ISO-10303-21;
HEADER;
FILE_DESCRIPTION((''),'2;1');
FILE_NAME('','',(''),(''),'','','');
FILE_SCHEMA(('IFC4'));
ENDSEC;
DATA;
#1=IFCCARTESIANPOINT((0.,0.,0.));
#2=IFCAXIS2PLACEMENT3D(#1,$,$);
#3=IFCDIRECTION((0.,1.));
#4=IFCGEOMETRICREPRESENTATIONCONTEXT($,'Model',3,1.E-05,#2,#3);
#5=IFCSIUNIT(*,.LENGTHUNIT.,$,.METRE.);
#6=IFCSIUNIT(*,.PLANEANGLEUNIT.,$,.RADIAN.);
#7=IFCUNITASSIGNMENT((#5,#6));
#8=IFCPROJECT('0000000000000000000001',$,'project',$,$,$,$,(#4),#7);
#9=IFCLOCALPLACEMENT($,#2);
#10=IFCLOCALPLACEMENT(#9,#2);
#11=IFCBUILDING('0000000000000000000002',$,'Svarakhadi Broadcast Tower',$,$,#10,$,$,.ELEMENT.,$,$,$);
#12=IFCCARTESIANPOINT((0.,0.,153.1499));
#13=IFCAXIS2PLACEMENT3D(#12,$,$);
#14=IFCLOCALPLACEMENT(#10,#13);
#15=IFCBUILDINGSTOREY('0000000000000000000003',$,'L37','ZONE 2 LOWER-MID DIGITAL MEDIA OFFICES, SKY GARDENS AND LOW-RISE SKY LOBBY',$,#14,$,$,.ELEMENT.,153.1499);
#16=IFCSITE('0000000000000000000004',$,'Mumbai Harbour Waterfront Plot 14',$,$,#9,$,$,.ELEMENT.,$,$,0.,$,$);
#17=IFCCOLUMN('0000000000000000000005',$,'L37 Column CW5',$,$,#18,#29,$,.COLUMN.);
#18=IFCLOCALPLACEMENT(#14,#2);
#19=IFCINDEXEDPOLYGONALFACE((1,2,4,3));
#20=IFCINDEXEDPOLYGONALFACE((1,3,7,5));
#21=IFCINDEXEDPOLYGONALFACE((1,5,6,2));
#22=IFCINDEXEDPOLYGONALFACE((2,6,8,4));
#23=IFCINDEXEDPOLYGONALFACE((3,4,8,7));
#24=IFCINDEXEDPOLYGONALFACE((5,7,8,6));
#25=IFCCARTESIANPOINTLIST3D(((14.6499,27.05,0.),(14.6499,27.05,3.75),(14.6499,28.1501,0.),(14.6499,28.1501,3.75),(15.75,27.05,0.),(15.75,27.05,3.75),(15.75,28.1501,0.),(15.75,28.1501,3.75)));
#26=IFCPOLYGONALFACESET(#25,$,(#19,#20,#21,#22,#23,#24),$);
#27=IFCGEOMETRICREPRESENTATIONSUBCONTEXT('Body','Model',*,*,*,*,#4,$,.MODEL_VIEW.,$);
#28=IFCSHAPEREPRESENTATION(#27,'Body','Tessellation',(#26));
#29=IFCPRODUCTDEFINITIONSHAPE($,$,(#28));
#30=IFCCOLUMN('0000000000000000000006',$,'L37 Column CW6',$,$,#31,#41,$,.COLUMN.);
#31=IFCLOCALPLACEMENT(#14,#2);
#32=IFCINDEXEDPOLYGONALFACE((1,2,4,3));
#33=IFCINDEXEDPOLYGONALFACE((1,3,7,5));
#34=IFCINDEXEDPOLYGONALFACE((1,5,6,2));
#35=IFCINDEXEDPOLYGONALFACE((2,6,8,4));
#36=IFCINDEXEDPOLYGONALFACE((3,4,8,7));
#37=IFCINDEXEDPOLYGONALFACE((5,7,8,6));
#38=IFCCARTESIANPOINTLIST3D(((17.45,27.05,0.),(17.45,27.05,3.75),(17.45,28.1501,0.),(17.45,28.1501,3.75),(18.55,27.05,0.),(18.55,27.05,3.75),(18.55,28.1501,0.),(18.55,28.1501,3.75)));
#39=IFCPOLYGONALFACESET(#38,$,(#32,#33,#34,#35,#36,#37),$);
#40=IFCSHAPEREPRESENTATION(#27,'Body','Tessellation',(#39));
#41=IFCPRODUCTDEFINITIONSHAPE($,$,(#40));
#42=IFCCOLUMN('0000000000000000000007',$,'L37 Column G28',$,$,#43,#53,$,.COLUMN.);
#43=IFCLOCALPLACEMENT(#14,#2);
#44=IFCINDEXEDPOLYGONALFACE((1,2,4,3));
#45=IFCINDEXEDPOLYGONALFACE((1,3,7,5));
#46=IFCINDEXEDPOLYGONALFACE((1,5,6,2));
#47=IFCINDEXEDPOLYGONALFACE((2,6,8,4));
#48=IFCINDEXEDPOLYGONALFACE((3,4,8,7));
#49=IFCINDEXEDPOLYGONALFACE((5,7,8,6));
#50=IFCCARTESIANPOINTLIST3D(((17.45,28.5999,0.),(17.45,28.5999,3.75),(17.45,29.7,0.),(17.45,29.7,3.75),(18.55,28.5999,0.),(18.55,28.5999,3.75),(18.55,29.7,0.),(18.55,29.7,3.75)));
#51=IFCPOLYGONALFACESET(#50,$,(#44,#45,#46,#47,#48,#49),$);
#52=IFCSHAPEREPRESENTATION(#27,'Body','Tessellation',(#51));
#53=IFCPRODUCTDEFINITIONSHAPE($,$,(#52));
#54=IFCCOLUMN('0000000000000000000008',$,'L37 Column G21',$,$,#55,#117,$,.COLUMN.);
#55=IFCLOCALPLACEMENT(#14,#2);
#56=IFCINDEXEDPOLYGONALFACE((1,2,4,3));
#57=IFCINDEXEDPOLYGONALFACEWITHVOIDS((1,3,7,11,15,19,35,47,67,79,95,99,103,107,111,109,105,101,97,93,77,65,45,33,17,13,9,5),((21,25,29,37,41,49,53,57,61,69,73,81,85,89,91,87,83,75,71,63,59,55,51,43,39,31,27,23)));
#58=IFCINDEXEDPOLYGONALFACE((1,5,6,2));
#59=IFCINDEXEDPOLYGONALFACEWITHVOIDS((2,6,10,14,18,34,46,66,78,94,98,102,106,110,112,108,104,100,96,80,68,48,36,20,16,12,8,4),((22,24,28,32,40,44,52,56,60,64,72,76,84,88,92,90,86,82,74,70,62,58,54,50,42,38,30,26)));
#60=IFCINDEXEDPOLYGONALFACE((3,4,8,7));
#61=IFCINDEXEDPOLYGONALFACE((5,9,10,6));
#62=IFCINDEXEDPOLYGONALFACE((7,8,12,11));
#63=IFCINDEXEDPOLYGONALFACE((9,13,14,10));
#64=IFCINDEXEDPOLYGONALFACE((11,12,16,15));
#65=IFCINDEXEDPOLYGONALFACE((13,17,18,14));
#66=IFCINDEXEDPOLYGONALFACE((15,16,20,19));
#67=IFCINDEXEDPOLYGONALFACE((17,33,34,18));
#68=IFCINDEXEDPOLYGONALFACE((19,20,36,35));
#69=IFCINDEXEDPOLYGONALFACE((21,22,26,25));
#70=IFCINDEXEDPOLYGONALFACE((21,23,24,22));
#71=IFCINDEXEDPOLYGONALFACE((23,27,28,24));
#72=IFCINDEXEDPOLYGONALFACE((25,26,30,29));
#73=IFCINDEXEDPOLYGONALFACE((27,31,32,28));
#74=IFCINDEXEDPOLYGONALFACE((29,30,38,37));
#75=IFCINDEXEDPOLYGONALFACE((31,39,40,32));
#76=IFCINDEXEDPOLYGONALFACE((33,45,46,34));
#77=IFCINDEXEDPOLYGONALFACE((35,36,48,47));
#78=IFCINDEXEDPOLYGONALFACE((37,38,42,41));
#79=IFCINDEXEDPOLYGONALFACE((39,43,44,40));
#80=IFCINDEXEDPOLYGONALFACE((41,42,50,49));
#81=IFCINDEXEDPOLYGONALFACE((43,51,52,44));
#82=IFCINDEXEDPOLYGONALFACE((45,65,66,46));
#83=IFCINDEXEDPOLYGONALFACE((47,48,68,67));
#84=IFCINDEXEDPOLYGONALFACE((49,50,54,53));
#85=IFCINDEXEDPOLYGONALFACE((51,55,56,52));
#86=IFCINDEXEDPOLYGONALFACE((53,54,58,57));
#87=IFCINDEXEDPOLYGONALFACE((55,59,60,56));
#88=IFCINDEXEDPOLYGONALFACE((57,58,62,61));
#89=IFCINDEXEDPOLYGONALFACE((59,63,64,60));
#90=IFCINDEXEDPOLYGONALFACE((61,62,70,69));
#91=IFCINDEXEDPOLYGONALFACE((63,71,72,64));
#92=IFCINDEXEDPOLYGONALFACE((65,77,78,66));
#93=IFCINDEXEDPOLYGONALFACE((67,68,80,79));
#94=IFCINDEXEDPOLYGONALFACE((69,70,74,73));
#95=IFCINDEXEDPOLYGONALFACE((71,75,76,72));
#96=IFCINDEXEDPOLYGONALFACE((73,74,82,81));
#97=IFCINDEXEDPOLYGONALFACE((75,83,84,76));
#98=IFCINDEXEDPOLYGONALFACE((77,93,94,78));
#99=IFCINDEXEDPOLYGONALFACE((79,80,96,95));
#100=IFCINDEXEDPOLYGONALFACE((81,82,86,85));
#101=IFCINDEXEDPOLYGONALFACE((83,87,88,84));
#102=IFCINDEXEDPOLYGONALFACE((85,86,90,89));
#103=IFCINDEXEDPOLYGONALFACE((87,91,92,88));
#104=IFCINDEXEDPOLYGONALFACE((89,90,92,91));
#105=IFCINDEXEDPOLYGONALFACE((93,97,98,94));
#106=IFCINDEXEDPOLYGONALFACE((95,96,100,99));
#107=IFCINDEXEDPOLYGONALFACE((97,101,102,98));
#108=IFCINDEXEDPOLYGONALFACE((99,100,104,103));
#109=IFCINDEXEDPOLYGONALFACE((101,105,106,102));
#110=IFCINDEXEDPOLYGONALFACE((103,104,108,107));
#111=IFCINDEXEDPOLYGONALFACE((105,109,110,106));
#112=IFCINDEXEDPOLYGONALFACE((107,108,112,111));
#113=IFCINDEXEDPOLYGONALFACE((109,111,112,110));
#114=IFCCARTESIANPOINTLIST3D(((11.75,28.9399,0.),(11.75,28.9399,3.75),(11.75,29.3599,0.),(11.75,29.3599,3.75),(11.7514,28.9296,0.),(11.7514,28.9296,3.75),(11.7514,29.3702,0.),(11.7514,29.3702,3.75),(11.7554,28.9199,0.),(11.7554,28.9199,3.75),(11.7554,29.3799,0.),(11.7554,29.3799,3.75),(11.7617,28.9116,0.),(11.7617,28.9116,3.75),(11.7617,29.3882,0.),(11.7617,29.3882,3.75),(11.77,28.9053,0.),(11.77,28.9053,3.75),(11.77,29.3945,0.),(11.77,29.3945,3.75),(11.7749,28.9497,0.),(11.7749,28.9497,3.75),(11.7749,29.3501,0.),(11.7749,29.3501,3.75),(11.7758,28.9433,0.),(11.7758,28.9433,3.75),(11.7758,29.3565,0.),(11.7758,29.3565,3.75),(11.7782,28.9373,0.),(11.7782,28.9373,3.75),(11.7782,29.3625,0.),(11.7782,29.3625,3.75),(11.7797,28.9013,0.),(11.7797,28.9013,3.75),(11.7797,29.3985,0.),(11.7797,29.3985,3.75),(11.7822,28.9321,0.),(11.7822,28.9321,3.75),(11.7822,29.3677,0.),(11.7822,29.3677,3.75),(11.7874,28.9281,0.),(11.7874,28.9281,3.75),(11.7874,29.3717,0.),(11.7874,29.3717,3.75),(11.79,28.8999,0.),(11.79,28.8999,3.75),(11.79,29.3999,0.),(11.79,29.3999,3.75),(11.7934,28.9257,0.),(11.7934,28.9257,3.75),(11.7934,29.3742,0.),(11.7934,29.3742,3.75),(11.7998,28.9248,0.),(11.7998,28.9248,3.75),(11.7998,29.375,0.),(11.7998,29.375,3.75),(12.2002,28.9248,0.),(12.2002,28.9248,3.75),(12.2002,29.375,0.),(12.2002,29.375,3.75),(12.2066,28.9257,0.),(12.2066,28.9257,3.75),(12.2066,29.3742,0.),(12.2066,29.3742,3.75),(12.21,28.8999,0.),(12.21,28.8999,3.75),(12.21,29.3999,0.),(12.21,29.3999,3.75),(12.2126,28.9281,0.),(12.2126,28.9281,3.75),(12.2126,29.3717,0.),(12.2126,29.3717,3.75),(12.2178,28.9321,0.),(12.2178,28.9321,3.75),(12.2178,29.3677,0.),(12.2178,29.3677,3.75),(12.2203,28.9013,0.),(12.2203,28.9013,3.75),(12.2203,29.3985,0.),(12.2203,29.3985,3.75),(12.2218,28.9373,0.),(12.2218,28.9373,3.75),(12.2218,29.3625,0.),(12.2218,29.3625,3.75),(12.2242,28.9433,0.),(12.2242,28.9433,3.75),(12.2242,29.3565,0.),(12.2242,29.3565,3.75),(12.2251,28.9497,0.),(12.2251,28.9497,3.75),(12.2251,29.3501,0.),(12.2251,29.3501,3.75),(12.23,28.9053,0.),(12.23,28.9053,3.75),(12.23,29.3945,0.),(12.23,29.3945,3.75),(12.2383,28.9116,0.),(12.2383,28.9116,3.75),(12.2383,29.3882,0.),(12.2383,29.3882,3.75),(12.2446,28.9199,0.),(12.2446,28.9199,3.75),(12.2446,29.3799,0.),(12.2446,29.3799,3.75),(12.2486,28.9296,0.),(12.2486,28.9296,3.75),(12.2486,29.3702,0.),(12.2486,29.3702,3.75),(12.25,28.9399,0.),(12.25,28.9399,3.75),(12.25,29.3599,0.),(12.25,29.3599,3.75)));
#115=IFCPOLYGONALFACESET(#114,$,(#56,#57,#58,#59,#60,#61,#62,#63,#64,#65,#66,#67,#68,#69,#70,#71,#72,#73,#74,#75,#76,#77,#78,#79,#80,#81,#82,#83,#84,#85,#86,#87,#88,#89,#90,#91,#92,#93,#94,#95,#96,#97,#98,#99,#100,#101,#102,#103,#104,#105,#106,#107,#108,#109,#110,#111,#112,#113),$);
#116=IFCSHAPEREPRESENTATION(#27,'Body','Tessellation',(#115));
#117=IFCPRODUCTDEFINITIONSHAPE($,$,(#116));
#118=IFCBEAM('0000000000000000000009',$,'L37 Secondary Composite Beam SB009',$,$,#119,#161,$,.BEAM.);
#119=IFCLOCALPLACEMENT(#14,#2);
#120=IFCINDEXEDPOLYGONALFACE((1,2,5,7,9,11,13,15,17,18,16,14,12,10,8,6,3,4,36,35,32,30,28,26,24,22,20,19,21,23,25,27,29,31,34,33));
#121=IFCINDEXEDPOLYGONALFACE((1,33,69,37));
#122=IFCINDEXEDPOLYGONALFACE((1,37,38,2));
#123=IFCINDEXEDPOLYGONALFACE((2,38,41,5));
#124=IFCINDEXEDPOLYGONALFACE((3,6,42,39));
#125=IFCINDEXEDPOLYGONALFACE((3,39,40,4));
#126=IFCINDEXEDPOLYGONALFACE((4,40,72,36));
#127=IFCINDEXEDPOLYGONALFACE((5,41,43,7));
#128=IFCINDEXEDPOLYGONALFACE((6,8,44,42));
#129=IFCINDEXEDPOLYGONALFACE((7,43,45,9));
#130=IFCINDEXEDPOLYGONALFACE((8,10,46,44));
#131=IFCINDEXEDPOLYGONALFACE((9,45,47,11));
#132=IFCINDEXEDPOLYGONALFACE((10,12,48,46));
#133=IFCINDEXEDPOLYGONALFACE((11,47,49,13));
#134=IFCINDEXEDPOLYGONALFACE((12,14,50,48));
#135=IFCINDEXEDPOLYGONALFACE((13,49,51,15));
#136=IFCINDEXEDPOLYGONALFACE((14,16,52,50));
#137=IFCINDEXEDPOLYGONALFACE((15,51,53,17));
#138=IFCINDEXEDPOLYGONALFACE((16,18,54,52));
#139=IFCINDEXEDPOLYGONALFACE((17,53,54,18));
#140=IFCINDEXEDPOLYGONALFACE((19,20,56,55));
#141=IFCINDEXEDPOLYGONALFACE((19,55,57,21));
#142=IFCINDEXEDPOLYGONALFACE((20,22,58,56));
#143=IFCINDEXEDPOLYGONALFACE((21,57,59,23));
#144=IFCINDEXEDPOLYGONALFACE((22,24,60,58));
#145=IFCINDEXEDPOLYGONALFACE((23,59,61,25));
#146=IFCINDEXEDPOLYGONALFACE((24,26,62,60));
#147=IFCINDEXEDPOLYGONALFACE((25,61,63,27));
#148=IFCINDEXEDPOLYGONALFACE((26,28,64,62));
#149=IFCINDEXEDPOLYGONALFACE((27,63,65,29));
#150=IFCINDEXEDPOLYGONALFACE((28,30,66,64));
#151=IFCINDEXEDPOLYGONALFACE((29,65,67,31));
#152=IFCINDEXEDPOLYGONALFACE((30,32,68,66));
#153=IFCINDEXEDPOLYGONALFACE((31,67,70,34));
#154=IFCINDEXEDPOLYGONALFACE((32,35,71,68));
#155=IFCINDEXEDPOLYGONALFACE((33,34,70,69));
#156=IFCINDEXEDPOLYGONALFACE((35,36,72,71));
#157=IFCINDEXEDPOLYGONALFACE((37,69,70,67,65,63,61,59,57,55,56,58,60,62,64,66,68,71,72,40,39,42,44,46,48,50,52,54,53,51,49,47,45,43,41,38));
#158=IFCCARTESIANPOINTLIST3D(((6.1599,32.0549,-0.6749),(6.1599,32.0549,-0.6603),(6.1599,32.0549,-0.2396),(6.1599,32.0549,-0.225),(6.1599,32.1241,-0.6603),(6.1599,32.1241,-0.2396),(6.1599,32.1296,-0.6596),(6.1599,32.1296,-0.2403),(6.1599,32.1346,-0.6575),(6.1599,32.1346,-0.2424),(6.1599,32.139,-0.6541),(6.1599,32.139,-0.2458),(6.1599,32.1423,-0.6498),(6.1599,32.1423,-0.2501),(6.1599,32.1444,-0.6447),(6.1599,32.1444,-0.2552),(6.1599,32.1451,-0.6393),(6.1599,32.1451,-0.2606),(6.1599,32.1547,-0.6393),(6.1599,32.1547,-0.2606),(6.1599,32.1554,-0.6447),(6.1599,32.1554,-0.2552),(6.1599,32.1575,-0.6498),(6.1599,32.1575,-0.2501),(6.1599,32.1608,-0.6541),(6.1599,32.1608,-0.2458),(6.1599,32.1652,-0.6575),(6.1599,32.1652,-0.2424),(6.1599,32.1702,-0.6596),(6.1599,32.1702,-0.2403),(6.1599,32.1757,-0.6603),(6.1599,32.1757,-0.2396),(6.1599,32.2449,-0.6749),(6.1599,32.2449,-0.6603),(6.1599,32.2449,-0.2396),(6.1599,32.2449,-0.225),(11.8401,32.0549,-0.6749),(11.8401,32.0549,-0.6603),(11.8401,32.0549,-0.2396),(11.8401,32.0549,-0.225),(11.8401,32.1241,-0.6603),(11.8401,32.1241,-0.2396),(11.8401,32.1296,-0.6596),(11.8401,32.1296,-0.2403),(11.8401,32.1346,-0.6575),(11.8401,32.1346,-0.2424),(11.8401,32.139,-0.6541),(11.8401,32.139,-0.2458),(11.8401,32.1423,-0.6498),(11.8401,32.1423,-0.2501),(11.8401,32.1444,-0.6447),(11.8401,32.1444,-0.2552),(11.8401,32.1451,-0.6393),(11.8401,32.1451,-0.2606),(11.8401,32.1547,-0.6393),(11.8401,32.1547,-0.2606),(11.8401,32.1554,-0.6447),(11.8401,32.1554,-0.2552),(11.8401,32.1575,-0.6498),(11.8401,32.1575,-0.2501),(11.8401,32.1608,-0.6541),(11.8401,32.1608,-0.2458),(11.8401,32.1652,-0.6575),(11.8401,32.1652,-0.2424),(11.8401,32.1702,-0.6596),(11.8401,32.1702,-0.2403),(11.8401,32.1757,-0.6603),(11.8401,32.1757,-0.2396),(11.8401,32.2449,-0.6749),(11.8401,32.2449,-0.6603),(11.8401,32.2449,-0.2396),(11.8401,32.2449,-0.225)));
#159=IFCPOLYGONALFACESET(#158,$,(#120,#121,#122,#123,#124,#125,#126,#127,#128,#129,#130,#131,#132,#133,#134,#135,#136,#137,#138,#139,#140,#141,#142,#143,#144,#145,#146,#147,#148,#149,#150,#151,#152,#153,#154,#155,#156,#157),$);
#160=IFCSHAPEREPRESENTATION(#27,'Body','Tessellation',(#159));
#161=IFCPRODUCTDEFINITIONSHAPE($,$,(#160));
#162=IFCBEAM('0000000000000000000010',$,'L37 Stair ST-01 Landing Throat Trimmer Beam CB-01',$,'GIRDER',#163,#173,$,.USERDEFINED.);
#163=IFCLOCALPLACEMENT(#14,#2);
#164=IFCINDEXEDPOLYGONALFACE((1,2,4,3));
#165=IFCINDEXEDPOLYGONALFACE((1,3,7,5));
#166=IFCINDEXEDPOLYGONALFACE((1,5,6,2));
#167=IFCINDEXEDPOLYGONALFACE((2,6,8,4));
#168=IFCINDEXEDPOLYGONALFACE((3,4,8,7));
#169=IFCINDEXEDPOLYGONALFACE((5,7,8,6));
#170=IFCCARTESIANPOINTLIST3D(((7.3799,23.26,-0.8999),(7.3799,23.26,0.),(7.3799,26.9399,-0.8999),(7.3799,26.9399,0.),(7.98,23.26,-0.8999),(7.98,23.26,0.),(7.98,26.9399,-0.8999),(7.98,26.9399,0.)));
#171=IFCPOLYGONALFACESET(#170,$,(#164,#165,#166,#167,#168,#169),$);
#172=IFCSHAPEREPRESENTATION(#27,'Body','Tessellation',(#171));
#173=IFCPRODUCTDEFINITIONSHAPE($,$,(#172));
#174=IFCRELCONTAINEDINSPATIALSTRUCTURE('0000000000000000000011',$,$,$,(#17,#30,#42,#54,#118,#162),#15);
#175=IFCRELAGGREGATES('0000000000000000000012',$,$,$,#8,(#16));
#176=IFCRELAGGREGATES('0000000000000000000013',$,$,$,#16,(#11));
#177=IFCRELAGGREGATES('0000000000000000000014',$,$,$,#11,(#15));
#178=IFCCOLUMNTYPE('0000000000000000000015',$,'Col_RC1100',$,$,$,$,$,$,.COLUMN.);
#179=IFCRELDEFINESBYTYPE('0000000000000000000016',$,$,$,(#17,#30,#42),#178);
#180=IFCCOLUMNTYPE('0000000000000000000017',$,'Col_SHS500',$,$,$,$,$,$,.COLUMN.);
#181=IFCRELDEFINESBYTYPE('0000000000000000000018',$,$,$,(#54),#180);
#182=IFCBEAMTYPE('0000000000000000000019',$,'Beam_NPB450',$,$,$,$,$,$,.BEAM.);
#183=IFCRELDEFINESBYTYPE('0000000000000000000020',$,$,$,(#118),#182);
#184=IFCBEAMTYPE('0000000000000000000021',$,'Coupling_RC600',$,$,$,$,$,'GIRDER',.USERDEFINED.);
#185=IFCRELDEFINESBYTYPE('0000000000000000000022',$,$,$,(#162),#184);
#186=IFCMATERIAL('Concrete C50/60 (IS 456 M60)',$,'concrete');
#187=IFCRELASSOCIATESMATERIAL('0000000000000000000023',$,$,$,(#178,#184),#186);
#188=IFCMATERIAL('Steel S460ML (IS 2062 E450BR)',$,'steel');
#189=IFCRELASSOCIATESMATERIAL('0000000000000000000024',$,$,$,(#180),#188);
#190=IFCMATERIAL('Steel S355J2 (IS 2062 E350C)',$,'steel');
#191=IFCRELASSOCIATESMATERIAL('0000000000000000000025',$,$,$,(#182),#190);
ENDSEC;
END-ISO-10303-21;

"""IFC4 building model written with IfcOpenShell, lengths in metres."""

from ifc_helpers import new_model, si_unit, direction, frame, origin, origin_2d, place, context, subcontext, project, spatial, rectangle, hollow_rectangle, i_section, extrude, material, material_profile, profile_set, type_object, element, save


model = new_model("IFC4")

# Units and contexts
model_context = context("Model", 3, precision=1e-05, world=origin(), true_north=direction((0.0, 1.0)))
body_context = subcontext(model_context, "Body", "Model", "MODEL_VIEW")
ifc_project = project(units=[si_unit("LENGTHUNIT", "METRE"), si_unit("PLANEANGLEUNIT", "RADIAN")], contexts=[model_context])

# Site, building, storey
site_placement = place(None, origin())
site = spatial("IfcSite", under=ifc_project, at=site_placement, Name="Mumbai Harbour Waterfront Plot 14", CompositionType="ELEMENT", RefElevation=0.0)
building_placement = place(site_placement, origin())
building = spatial("IfcBuilding", under=site, at=building_placement, Name="Svarakhadi Broadcast Tower", CompositionType="ELEMENT")
storey_placement = place(building_placement, frame((0.0, 0.0, 153.1499)))
storey = spatial("IfcBuildingStorey", under=building, at=storey_placement, Name="L37", Description="ZONE 2 LOWER-MID DIGITAL MEDIA OFFICES, SKY GARDENS AND LOW-RISE SKY LOBBY", CompositionType="ELEMENT", Elevation=153.1499)

# Columns
ifc_material_1 = material(Name="Concrete C50/60 (IS 456 M60)", Category="concrete")
ifc_material_profile_1 = material_profile(ifc_material_1, rectangle(XDim=1.1001, YDim=1.1001, at=origin_2d()), Name="RC 1100x1100")
ifc_profile_set_1 = profile_set([ifc_material_profile_1], Name="Concrete C50/60 (IS 456 M60)")
column_type_1 = type_object("IfcColumnType", Name="Col_RC1100", PredefinedType="COLUMN", material=ifc_profile_set_1)
for number, where, z_axis, x_axis, name in (
    (1, (15.2, 27.6001, 0.0), (0.0, 0.0, 1.0), (1.0, 0.0, 0.0), "L37 Column CW5"),
    (2, (18.0, 27.6001, 0.0), (0.0, 0.0, 1.0), (1.0, 0.0, 0.0), "L37 Column CW6"),
    (3, (18.0, 29.1499, 0.0), (0.0, 0.0, 1.0), (1.0, 0.0, 0.0), "L37 Column G28"),
):
    element("IfcColumn", number, at=place(storey_placement, frame(where, z_axis=z_axis, x_axis=x_axis)), inside=storey, type_object=column_type_1, Name=name, PredefinedType="COLUMN", context=body_context, shape_type="SweptSolid", body=[
        extrude(rectangle(XDim=1.1001, YDim=1.1001, at=origin_2d()), origin(), (0.0, 0.0, 1.0), 3.75),
    ])
ifc_material_2 = material(Name="Steel S460ML (IS 2062 E450BR)", Category="steel")
ifc_material_profile_2 = material_profile(ifc_material_2, hollow_rectangle(XDim=0.5, YDim=0.5, WallThickness=0.0249, InnerFilletRadius=0.0249, OuterFilletRadius=0.04, at=origin_2d()), Name="SHS 500x500x25")
ifc_profile_set_2 = profile_set([ifc_material_profile_2], Name="Steel S460ML (IS 2062 E450BR)")
column_type_2 = type_object("IfcColumnType", Name="Col_SHS500", PredefinedType="COLUMN", material=ifc_profile_set_2)
column_placement = place(storey_placement, frame((12.0, 29.1499, 0.0), z_axis=(0.0, 0.0, 1.0), x_axis=(1.0, 0.0, 0.0)))
element("IfcColumn", 4, at=column_placement, inside=storey, type_object=column_type_2, Name="L37 Column G21", PredefinedType="COLUMN", context=body_context, shape_type="SweptSolid", body=[
    extrude(hollow_rectangle(XDim=0.5, YDim=0.5, WallThickness=0.0249, InnerFilletRadius=0.0249, OuterFilletRadius=0.04, at=origin_2d()), origin(), (0.0, 0.0, 1.0), 3.75),
])

# Beams
ifc_material_3 = material(Name="Steel S355J2 (IS 2062 E350C)", Category="steel")
ifc_material_profile_3 = material_profile(ifc_material_3, i_section(OverallWidth=0.1899, OverallDepth=0.45, WebThickness=0.0095, FlangeThickness=0.0146, FilletRadius=0.021, at=origin_2d()), Name="NPB 450x190x78")
ifc_profile_set_3 = profile_set([ifc_material_profile_3], Name="Steel S355J2 (IS 2062 E350C)")
beam_type_1 = type_object("IfcBeamType", Name="Beam_NPB450", PredefinedType="BEAM", material=ifc_profile_set_3)
beam_1_placement = place(storey_placement, frame((6.1599, 32.1499, -0.45), z_axis=(1.0, 0.0, 0.0), x_axis=(0.0, 1.0, 0.0)))
element("IfcBeam", 5, at=beam_1_placement, inside=storey, type_object=beam_type_1, Name="L37 Secondary Composite Beam SB009", PredefinedType="BEAM", context=body_context, shape_type="SweptSolid", body=[
    extrude(i_section(OverallWidth=0.1899, OverallDepth=0.45, WebThickness=0.0095, FlangeThickness=0.0146, FilletRadius=0.021, at=origin_2d()), origin(), (0.0, 0.0, 1.0), 5.6802),
])
ifc_material_profile_4 = material_profile(ifc_material_1, rectangle(XDim=0.6001, YDim=0.8999, at=origin_2d()), Name="RC 600x900")
ifc_profile_set_4 = profile_set([ifc_material_profile_4], Name="Concrete C50/60 (IS 456 M60)")
beam_type_2 = type_object("IfcBeamType", Name="Coupling_RC600", ElementType="GIRDER", PredefinedType="USERDEFINED", material=ifc_profile_set_4)
beam_2_placement = place(storey_placement, frame((7.6799, 23.26, -0.45), z_axis=(0.0, 1.0, 0.0), x_axis=(-1.0, 0.0, 0.0)))
element("IfcBeam", 6, at=beam_2_placement, inside=storey, type_object=beam_type_2, Name="L37 Stair ST-01 Landing Throat Trimmer Beam CB-01", ObjectType="GIRDER", PredefinedType="USERDEFINED", context=body_context, shape_type="SweptSolid", body=[
    extrude(rectangle(XDim=0.6001, YDim=0.8999, at=origin_2d()), origin(), (0.0, 0.0, 1.0), 3.6799),
])

save(model, "model.ifc")
